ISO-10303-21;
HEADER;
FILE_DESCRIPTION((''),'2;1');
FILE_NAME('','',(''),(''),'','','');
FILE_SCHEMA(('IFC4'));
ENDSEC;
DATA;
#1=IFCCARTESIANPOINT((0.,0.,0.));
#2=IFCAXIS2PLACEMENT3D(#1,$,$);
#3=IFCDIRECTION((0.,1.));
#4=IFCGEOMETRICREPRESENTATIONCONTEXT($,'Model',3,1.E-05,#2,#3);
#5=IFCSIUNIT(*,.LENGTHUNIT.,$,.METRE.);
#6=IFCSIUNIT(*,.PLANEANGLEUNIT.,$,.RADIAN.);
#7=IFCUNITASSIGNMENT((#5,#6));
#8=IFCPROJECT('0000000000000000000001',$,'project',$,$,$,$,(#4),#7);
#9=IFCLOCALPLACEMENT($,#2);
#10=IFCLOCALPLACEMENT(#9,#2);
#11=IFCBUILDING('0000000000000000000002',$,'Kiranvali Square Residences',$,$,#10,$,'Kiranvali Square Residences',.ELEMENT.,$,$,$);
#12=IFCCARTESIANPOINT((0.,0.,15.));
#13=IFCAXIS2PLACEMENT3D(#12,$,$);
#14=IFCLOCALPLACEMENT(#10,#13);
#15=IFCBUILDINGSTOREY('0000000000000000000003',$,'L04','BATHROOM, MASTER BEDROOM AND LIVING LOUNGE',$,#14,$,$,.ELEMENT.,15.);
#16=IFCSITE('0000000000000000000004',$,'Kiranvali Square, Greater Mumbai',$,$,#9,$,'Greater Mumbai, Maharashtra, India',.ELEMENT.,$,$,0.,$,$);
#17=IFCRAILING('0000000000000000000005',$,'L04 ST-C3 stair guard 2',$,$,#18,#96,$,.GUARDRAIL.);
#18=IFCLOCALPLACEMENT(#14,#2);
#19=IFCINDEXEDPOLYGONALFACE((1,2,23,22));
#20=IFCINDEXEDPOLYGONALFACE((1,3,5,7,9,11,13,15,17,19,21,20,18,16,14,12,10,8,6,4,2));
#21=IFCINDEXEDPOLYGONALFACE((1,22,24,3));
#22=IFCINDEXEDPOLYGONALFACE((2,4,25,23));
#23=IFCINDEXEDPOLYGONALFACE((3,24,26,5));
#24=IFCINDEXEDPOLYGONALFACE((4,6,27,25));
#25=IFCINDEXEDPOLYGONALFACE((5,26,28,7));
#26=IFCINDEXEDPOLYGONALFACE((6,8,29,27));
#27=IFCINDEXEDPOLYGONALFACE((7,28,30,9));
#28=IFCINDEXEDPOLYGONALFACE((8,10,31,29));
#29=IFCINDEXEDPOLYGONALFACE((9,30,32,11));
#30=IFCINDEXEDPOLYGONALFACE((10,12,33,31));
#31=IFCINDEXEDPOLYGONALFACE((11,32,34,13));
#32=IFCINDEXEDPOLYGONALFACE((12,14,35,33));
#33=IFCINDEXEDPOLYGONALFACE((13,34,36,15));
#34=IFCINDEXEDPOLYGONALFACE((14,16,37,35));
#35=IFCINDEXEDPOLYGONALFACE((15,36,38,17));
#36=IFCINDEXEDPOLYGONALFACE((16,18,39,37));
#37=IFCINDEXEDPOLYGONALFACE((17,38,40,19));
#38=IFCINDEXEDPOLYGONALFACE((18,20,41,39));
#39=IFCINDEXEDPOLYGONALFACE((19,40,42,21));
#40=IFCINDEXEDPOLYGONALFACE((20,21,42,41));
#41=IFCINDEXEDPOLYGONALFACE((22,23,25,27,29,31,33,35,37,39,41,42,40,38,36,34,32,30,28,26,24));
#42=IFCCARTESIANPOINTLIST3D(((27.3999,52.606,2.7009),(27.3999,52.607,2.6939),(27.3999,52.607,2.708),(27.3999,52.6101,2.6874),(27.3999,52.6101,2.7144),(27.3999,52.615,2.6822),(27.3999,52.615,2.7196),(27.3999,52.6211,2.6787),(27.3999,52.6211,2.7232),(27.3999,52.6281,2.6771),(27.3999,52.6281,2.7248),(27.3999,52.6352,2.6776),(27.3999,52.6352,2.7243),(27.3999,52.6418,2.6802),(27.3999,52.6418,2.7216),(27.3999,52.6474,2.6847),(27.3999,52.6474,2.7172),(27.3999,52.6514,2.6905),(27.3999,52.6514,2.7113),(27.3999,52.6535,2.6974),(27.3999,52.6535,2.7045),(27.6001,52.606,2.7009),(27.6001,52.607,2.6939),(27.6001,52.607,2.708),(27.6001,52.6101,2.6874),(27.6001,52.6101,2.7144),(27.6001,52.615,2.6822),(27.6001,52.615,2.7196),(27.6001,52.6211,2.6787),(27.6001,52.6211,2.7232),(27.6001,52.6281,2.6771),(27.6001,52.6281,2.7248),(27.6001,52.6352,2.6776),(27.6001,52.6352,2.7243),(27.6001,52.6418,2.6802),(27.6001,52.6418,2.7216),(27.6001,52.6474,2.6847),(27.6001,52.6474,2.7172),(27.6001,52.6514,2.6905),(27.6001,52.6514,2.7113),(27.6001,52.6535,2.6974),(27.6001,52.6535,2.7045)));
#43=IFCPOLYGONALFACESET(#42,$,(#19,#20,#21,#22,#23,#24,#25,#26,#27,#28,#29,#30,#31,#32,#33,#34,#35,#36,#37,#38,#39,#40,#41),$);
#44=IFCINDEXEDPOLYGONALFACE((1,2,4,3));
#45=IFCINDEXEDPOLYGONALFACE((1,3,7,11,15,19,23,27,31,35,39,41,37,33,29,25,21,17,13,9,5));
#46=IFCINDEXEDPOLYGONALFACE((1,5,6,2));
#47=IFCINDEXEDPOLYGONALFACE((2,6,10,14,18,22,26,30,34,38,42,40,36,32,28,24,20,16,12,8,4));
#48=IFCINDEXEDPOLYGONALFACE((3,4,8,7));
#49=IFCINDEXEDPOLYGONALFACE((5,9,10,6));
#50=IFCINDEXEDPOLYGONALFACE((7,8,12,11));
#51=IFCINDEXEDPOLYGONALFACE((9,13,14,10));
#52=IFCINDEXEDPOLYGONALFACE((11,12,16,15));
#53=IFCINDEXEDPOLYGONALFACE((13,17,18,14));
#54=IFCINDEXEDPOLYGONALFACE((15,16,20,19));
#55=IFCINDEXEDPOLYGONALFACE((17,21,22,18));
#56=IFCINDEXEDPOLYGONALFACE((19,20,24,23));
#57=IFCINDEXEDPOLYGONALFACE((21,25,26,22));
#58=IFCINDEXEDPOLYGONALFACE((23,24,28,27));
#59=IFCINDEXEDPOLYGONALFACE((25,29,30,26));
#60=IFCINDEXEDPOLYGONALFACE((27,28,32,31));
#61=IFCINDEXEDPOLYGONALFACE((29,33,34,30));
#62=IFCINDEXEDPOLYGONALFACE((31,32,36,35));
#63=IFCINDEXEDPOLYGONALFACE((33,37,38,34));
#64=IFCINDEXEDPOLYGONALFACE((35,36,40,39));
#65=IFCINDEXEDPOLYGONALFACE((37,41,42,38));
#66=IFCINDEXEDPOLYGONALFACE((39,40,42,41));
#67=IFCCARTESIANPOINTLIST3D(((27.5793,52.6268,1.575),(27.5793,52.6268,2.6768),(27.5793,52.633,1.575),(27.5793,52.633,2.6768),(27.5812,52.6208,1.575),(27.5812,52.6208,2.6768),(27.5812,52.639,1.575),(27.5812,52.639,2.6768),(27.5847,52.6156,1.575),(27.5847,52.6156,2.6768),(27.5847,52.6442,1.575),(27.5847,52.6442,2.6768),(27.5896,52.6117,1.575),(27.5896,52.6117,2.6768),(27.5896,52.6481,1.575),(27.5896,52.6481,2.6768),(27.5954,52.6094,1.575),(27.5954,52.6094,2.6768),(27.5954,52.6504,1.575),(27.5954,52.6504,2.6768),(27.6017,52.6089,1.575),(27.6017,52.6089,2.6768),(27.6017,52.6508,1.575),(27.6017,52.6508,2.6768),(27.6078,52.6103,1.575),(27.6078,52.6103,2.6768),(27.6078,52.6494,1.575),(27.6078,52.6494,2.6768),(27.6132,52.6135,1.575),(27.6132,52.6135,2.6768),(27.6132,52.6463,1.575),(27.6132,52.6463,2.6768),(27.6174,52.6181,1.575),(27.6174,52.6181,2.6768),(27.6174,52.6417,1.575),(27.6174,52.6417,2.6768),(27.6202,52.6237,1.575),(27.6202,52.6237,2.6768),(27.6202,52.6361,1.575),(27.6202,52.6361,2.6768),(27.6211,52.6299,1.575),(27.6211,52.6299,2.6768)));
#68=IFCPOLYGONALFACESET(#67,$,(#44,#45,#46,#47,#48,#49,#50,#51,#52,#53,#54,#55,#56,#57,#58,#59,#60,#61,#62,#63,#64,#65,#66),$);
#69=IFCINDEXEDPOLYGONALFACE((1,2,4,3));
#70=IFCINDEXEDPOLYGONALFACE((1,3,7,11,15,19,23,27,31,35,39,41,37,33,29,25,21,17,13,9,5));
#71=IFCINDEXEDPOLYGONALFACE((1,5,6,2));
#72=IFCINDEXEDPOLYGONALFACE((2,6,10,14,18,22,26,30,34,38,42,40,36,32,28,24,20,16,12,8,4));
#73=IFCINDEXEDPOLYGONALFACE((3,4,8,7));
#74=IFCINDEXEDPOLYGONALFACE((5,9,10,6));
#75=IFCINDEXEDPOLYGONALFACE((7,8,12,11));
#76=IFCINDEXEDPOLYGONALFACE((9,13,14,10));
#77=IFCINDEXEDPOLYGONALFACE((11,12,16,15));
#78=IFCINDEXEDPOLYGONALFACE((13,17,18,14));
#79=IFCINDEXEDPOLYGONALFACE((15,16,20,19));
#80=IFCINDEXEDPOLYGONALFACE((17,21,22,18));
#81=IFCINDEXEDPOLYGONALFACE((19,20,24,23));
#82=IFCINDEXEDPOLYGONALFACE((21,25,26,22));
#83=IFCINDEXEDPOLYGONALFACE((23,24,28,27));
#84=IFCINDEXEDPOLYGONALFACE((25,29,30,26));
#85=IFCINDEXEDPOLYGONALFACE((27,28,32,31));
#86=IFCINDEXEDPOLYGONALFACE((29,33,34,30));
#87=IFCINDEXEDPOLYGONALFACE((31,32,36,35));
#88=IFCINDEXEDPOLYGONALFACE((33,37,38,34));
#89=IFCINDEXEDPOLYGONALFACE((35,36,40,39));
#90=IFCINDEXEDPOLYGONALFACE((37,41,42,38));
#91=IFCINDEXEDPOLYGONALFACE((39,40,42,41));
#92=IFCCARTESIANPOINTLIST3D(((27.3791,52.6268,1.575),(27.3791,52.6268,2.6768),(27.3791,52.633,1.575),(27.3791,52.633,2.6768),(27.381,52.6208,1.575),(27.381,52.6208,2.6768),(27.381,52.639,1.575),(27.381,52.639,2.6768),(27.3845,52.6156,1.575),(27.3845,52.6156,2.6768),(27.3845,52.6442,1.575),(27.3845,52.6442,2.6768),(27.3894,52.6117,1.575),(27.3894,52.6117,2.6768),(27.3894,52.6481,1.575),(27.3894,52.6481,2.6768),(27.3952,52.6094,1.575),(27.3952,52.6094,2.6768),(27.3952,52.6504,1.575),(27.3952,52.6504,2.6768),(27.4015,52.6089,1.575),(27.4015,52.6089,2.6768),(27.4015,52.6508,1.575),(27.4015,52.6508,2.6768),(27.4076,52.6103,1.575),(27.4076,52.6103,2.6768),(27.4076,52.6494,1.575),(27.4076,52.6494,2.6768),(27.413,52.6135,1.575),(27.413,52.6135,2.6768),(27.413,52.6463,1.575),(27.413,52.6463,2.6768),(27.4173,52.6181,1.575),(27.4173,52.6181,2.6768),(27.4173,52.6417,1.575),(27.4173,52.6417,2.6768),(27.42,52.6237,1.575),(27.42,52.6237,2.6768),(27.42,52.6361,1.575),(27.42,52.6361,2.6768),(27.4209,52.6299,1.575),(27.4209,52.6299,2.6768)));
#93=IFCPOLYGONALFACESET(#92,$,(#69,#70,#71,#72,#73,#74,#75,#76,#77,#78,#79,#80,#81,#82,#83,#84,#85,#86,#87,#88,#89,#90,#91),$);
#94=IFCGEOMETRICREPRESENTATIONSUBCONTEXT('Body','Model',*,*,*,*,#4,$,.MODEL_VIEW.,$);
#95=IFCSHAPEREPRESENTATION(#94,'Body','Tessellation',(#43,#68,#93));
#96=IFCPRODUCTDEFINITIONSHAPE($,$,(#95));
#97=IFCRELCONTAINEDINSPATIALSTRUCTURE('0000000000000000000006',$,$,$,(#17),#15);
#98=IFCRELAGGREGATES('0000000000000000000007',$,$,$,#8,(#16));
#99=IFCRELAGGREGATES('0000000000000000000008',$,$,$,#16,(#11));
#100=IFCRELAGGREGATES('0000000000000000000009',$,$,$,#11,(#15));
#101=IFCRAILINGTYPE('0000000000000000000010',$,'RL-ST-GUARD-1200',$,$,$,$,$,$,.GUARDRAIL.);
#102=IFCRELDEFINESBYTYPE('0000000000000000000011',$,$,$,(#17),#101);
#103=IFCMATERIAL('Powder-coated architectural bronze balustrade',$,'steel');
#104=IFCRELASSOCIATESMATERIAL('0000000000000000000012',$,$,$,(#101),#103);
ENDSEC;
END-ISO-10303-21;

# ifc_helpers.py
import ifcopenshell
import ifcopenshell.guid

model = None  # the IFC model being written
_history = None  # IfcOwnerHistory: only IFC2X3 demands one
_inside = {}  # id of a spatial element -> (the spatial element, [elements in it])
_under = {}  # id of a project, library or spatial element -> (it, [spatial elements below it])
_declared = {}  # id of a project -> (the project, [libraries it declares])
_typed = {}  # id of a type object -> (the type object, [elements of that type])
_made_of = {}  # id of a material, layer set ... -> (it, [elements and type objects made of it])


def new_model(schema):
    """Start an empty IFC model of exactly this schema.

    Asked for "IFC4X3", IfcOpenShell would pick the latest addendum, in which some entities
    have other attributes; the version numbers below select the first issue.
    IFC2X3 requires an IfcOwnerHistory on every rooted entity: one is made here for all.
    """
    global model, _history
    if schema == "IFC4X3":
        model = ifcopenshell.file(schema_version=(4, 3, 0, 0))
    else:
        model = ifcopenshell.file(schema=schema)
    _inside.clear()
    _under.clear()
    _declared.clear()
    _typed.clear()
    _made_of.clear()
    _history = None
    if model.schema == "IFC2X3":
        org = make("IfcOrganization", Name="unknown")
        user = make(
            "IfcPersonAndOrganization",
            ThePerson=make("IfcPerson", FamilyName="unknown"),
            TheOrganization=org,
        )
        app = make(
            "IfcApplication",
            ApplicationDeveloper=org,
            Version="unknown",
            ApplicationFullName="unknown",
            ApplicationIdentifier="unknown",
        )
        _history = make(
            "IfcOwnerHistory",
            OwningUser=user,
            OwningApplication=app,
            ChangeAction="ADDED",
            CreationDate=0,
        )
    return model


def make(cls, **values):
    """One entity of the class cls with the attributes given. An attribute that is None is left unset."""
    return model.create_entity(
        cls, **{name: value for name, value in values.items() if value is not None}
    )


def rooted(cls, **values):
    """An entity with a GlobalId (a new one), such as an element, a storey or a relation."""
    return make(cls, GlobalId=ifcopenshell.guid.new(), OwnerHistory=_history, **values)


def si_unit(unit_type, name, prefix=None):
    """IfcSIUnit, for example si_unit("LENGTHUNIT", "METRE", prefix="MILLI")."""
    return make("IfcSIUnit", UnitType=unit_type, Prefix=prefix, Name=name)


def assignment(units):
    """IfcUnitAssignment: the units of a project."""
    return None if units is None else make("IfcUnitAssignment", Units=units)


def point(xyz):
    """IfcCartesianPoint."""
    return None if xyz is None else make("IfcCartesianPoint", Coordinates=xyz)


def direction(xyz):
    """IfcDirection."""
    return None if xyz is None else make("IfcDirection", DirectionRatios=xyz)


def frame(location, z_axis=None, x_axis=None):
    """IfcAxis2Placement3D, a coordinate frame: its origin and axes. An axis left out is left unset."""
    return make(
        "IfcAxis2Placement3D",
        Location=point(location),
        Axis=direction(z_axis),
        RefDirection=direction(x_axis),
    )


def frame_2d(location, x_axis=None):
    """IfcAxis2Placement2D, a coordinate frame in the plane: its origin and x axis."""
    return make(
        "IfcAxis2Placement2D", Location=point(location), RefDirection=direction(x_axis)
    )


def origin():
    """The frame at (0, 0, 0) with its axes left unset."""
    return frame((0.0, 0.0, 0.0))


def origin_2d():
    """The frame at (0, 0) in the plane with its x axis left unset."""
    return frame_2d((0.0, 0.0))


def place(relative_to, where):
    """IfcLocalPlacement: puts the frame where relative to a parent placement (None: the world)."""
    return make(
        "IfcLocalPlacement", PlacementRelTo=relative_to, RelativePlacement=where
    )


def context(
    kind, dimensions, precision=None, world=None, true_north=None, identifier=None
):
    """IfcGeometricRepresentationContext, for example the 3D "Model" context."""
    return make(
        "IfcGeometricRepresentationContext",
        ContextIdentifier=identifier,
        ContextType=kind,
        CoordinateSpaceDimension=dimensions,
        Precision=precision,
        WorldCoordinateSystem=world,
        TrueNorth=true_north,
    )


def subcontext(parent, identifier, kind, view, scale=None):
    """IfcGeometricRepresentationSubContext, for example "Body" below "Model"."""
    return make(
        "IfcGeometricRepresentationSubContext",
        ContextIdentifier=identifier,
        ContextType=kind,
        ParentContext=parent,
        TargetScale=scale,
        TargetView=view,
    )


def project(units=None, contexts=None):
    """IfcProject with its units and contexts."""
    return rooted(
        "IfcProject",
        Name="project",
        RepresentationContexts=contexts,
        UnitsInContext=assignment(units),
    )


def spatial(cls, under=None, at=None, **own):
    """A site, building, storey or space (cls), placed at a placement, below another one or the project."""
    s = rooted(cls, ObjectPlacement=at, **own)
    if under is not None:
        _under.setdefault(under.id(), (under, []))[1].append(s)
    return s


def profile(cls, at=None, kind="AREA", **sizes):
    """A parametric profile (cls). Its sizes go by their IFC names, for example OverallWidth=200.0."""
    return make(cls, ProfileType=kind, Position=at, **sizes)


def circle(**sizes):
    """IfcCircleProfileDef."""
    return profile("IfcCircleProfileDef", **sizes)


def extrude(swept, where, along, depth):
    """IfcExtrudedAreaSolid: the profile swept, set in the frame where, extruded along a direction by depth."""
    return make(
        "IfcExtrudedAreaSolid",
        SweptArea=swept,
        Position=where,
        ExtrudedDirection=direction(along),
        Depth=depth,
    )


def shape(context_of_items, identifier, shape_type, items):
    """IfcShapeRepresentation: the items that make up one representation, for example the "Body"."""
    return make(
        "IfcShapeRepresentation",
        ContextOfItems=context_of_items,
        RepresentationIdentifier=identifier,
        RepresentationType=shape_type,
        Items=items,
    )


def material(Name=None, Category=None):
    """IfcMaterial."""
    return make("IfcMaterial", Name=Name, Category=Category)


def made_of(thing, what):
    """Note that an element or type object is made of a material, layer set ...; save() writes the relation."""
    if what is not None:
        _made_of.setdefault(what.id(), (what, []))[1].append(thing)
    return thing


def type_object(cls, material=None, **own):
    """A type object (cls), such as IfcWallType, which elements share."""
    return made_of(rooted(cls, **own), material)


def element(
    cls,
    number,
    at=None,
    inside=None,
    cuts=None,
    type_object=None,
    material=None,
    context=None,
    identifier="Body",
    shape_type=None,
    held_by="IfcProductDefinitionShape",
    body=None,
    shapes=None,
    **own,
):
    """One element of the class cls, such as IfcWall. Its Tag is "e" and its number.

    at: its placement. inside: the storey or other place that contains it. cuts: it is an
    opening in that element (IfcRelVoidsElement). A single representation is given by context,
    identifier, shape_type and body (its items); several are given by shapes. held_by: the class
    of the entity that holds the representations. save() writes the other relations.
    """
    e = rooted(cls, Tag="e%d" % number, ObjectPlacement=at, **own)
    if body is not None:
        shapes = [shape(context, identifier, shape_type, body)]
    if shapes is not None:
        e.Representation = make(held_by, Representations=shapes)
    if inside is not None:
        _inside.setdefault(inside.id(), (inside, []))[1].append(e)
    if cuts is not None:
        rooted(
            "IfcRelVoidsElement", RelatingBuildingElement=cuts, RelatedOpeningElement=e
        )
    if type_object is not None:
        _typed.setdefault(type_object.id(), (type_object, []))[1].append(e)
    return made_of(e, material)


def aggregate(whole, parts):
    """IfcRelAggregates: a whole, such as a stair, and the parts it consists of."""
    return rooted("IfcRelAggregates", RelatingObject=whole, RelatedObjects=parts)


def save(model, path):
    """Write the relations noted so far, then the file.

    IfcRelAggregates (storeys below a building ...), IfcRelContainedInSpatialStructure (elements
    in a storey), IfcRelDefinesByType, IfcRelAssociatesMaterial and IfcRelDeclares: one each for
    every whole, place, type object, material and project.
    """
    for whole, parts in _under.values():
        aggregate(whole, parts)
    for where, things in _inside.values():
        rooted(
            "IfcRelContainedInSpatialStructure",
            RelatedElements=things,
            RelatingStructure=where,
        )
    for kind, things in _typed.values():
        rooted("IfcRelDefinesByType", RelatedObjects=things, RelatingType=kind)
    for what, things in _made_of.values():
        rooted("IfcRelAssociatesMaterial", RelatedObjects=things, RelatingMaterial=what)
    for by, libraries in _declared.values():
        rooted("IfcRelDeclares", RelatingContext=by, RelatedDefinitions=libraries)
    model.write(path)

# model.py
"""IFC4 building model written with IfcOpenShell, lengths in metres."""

from ifc_helpers import new_model, si_unit, direction, frame, origin, origin_2d, place, context, subcontext, project, spatial, circle, extrude, material, type_object, element, save


model = new_model("IFC4")

# Units and contexts
model_context = context("Model", 3, precision=1e-05, world=origin(), true_north=direction((0.0, 1.0)))
body_context = subcontext(model_context, "Body", "Model", "MODEL_VIEW")
ifc_project = project(units=[si_unit("LENGTHUNIT", "METRE"), si_unit("PLANEANGLEUNIT", "RADIAN")], contexts=[model_context])

# Site, building, storey
site_placement = place(None, origin())
site = spatial("IfcSite", under=ifc_project, at=site_placement, Name="Kiranvali Square, Greater Mumbai", LongName="Greater Mumbai, Maharashtra, India", CompositionType="ELEMENT", RefElevation=0.0)
building_placement = place(site_placement, origin())
building = spatial("IfcBuilding", under=site, at=building_placement, Name="Kiranvali Square Residences", LongName="Kiranvali Square Residences", CompositionType="ELEMENT")
storey_placement = place(building_placement, frame((0.0, 0.0, 15.0)))
storey = spatial("IfcBuildingStorey", under=building, at=storey_placement, Name="L04", Description="BATHROOM, MASTER BEDROOM AND LIVING LOUNGE", CompositionType="ELEMENT", Elevation=15.0)

# Railing
ifc_material_1 = material(Name="Powder-coated architectural bronze balustrade", Category="steel")
railing_type_1 = type_object("IfcRailingType", Name="RL-ST-GUARD-1200", PredefinedType="GUARDRAIL", material=ifc_material_1)
railing_1_placement = place(storey_placement, frame((27.6001, 52.6299, 1.575)))
element("IfcRailing", 1, at=railing_1_placement, inside=storey, type_object=railing_type_1, Name="L04 ST-C3 stair guard 2", PredefinedType="GUARDRAIL", context=body_context, shape_type="SweptSolid", body=[
    extrude(circle(Radius=0.0239, at=origin_2d()), frame((0.0, 0.0, 1.126), z_axis=(-1.0, 0.0, 0.0), x_axis=(0.0, -1.0, 0.0)), (0.0, 0.0, 1.0), 0.2002),
    extrude(circle(Radius=0.021, at=origin_2d()), origin(), (0.0, 0.0, 1.0), 1.1018),
    extrude(circle(Radius=0.021, at=origin_2d()), frame((-0.2002, 0.0, 0.0)), (0.0, 0.0, 1.0), 1.1018),
])

save(model, "model.ifc")
